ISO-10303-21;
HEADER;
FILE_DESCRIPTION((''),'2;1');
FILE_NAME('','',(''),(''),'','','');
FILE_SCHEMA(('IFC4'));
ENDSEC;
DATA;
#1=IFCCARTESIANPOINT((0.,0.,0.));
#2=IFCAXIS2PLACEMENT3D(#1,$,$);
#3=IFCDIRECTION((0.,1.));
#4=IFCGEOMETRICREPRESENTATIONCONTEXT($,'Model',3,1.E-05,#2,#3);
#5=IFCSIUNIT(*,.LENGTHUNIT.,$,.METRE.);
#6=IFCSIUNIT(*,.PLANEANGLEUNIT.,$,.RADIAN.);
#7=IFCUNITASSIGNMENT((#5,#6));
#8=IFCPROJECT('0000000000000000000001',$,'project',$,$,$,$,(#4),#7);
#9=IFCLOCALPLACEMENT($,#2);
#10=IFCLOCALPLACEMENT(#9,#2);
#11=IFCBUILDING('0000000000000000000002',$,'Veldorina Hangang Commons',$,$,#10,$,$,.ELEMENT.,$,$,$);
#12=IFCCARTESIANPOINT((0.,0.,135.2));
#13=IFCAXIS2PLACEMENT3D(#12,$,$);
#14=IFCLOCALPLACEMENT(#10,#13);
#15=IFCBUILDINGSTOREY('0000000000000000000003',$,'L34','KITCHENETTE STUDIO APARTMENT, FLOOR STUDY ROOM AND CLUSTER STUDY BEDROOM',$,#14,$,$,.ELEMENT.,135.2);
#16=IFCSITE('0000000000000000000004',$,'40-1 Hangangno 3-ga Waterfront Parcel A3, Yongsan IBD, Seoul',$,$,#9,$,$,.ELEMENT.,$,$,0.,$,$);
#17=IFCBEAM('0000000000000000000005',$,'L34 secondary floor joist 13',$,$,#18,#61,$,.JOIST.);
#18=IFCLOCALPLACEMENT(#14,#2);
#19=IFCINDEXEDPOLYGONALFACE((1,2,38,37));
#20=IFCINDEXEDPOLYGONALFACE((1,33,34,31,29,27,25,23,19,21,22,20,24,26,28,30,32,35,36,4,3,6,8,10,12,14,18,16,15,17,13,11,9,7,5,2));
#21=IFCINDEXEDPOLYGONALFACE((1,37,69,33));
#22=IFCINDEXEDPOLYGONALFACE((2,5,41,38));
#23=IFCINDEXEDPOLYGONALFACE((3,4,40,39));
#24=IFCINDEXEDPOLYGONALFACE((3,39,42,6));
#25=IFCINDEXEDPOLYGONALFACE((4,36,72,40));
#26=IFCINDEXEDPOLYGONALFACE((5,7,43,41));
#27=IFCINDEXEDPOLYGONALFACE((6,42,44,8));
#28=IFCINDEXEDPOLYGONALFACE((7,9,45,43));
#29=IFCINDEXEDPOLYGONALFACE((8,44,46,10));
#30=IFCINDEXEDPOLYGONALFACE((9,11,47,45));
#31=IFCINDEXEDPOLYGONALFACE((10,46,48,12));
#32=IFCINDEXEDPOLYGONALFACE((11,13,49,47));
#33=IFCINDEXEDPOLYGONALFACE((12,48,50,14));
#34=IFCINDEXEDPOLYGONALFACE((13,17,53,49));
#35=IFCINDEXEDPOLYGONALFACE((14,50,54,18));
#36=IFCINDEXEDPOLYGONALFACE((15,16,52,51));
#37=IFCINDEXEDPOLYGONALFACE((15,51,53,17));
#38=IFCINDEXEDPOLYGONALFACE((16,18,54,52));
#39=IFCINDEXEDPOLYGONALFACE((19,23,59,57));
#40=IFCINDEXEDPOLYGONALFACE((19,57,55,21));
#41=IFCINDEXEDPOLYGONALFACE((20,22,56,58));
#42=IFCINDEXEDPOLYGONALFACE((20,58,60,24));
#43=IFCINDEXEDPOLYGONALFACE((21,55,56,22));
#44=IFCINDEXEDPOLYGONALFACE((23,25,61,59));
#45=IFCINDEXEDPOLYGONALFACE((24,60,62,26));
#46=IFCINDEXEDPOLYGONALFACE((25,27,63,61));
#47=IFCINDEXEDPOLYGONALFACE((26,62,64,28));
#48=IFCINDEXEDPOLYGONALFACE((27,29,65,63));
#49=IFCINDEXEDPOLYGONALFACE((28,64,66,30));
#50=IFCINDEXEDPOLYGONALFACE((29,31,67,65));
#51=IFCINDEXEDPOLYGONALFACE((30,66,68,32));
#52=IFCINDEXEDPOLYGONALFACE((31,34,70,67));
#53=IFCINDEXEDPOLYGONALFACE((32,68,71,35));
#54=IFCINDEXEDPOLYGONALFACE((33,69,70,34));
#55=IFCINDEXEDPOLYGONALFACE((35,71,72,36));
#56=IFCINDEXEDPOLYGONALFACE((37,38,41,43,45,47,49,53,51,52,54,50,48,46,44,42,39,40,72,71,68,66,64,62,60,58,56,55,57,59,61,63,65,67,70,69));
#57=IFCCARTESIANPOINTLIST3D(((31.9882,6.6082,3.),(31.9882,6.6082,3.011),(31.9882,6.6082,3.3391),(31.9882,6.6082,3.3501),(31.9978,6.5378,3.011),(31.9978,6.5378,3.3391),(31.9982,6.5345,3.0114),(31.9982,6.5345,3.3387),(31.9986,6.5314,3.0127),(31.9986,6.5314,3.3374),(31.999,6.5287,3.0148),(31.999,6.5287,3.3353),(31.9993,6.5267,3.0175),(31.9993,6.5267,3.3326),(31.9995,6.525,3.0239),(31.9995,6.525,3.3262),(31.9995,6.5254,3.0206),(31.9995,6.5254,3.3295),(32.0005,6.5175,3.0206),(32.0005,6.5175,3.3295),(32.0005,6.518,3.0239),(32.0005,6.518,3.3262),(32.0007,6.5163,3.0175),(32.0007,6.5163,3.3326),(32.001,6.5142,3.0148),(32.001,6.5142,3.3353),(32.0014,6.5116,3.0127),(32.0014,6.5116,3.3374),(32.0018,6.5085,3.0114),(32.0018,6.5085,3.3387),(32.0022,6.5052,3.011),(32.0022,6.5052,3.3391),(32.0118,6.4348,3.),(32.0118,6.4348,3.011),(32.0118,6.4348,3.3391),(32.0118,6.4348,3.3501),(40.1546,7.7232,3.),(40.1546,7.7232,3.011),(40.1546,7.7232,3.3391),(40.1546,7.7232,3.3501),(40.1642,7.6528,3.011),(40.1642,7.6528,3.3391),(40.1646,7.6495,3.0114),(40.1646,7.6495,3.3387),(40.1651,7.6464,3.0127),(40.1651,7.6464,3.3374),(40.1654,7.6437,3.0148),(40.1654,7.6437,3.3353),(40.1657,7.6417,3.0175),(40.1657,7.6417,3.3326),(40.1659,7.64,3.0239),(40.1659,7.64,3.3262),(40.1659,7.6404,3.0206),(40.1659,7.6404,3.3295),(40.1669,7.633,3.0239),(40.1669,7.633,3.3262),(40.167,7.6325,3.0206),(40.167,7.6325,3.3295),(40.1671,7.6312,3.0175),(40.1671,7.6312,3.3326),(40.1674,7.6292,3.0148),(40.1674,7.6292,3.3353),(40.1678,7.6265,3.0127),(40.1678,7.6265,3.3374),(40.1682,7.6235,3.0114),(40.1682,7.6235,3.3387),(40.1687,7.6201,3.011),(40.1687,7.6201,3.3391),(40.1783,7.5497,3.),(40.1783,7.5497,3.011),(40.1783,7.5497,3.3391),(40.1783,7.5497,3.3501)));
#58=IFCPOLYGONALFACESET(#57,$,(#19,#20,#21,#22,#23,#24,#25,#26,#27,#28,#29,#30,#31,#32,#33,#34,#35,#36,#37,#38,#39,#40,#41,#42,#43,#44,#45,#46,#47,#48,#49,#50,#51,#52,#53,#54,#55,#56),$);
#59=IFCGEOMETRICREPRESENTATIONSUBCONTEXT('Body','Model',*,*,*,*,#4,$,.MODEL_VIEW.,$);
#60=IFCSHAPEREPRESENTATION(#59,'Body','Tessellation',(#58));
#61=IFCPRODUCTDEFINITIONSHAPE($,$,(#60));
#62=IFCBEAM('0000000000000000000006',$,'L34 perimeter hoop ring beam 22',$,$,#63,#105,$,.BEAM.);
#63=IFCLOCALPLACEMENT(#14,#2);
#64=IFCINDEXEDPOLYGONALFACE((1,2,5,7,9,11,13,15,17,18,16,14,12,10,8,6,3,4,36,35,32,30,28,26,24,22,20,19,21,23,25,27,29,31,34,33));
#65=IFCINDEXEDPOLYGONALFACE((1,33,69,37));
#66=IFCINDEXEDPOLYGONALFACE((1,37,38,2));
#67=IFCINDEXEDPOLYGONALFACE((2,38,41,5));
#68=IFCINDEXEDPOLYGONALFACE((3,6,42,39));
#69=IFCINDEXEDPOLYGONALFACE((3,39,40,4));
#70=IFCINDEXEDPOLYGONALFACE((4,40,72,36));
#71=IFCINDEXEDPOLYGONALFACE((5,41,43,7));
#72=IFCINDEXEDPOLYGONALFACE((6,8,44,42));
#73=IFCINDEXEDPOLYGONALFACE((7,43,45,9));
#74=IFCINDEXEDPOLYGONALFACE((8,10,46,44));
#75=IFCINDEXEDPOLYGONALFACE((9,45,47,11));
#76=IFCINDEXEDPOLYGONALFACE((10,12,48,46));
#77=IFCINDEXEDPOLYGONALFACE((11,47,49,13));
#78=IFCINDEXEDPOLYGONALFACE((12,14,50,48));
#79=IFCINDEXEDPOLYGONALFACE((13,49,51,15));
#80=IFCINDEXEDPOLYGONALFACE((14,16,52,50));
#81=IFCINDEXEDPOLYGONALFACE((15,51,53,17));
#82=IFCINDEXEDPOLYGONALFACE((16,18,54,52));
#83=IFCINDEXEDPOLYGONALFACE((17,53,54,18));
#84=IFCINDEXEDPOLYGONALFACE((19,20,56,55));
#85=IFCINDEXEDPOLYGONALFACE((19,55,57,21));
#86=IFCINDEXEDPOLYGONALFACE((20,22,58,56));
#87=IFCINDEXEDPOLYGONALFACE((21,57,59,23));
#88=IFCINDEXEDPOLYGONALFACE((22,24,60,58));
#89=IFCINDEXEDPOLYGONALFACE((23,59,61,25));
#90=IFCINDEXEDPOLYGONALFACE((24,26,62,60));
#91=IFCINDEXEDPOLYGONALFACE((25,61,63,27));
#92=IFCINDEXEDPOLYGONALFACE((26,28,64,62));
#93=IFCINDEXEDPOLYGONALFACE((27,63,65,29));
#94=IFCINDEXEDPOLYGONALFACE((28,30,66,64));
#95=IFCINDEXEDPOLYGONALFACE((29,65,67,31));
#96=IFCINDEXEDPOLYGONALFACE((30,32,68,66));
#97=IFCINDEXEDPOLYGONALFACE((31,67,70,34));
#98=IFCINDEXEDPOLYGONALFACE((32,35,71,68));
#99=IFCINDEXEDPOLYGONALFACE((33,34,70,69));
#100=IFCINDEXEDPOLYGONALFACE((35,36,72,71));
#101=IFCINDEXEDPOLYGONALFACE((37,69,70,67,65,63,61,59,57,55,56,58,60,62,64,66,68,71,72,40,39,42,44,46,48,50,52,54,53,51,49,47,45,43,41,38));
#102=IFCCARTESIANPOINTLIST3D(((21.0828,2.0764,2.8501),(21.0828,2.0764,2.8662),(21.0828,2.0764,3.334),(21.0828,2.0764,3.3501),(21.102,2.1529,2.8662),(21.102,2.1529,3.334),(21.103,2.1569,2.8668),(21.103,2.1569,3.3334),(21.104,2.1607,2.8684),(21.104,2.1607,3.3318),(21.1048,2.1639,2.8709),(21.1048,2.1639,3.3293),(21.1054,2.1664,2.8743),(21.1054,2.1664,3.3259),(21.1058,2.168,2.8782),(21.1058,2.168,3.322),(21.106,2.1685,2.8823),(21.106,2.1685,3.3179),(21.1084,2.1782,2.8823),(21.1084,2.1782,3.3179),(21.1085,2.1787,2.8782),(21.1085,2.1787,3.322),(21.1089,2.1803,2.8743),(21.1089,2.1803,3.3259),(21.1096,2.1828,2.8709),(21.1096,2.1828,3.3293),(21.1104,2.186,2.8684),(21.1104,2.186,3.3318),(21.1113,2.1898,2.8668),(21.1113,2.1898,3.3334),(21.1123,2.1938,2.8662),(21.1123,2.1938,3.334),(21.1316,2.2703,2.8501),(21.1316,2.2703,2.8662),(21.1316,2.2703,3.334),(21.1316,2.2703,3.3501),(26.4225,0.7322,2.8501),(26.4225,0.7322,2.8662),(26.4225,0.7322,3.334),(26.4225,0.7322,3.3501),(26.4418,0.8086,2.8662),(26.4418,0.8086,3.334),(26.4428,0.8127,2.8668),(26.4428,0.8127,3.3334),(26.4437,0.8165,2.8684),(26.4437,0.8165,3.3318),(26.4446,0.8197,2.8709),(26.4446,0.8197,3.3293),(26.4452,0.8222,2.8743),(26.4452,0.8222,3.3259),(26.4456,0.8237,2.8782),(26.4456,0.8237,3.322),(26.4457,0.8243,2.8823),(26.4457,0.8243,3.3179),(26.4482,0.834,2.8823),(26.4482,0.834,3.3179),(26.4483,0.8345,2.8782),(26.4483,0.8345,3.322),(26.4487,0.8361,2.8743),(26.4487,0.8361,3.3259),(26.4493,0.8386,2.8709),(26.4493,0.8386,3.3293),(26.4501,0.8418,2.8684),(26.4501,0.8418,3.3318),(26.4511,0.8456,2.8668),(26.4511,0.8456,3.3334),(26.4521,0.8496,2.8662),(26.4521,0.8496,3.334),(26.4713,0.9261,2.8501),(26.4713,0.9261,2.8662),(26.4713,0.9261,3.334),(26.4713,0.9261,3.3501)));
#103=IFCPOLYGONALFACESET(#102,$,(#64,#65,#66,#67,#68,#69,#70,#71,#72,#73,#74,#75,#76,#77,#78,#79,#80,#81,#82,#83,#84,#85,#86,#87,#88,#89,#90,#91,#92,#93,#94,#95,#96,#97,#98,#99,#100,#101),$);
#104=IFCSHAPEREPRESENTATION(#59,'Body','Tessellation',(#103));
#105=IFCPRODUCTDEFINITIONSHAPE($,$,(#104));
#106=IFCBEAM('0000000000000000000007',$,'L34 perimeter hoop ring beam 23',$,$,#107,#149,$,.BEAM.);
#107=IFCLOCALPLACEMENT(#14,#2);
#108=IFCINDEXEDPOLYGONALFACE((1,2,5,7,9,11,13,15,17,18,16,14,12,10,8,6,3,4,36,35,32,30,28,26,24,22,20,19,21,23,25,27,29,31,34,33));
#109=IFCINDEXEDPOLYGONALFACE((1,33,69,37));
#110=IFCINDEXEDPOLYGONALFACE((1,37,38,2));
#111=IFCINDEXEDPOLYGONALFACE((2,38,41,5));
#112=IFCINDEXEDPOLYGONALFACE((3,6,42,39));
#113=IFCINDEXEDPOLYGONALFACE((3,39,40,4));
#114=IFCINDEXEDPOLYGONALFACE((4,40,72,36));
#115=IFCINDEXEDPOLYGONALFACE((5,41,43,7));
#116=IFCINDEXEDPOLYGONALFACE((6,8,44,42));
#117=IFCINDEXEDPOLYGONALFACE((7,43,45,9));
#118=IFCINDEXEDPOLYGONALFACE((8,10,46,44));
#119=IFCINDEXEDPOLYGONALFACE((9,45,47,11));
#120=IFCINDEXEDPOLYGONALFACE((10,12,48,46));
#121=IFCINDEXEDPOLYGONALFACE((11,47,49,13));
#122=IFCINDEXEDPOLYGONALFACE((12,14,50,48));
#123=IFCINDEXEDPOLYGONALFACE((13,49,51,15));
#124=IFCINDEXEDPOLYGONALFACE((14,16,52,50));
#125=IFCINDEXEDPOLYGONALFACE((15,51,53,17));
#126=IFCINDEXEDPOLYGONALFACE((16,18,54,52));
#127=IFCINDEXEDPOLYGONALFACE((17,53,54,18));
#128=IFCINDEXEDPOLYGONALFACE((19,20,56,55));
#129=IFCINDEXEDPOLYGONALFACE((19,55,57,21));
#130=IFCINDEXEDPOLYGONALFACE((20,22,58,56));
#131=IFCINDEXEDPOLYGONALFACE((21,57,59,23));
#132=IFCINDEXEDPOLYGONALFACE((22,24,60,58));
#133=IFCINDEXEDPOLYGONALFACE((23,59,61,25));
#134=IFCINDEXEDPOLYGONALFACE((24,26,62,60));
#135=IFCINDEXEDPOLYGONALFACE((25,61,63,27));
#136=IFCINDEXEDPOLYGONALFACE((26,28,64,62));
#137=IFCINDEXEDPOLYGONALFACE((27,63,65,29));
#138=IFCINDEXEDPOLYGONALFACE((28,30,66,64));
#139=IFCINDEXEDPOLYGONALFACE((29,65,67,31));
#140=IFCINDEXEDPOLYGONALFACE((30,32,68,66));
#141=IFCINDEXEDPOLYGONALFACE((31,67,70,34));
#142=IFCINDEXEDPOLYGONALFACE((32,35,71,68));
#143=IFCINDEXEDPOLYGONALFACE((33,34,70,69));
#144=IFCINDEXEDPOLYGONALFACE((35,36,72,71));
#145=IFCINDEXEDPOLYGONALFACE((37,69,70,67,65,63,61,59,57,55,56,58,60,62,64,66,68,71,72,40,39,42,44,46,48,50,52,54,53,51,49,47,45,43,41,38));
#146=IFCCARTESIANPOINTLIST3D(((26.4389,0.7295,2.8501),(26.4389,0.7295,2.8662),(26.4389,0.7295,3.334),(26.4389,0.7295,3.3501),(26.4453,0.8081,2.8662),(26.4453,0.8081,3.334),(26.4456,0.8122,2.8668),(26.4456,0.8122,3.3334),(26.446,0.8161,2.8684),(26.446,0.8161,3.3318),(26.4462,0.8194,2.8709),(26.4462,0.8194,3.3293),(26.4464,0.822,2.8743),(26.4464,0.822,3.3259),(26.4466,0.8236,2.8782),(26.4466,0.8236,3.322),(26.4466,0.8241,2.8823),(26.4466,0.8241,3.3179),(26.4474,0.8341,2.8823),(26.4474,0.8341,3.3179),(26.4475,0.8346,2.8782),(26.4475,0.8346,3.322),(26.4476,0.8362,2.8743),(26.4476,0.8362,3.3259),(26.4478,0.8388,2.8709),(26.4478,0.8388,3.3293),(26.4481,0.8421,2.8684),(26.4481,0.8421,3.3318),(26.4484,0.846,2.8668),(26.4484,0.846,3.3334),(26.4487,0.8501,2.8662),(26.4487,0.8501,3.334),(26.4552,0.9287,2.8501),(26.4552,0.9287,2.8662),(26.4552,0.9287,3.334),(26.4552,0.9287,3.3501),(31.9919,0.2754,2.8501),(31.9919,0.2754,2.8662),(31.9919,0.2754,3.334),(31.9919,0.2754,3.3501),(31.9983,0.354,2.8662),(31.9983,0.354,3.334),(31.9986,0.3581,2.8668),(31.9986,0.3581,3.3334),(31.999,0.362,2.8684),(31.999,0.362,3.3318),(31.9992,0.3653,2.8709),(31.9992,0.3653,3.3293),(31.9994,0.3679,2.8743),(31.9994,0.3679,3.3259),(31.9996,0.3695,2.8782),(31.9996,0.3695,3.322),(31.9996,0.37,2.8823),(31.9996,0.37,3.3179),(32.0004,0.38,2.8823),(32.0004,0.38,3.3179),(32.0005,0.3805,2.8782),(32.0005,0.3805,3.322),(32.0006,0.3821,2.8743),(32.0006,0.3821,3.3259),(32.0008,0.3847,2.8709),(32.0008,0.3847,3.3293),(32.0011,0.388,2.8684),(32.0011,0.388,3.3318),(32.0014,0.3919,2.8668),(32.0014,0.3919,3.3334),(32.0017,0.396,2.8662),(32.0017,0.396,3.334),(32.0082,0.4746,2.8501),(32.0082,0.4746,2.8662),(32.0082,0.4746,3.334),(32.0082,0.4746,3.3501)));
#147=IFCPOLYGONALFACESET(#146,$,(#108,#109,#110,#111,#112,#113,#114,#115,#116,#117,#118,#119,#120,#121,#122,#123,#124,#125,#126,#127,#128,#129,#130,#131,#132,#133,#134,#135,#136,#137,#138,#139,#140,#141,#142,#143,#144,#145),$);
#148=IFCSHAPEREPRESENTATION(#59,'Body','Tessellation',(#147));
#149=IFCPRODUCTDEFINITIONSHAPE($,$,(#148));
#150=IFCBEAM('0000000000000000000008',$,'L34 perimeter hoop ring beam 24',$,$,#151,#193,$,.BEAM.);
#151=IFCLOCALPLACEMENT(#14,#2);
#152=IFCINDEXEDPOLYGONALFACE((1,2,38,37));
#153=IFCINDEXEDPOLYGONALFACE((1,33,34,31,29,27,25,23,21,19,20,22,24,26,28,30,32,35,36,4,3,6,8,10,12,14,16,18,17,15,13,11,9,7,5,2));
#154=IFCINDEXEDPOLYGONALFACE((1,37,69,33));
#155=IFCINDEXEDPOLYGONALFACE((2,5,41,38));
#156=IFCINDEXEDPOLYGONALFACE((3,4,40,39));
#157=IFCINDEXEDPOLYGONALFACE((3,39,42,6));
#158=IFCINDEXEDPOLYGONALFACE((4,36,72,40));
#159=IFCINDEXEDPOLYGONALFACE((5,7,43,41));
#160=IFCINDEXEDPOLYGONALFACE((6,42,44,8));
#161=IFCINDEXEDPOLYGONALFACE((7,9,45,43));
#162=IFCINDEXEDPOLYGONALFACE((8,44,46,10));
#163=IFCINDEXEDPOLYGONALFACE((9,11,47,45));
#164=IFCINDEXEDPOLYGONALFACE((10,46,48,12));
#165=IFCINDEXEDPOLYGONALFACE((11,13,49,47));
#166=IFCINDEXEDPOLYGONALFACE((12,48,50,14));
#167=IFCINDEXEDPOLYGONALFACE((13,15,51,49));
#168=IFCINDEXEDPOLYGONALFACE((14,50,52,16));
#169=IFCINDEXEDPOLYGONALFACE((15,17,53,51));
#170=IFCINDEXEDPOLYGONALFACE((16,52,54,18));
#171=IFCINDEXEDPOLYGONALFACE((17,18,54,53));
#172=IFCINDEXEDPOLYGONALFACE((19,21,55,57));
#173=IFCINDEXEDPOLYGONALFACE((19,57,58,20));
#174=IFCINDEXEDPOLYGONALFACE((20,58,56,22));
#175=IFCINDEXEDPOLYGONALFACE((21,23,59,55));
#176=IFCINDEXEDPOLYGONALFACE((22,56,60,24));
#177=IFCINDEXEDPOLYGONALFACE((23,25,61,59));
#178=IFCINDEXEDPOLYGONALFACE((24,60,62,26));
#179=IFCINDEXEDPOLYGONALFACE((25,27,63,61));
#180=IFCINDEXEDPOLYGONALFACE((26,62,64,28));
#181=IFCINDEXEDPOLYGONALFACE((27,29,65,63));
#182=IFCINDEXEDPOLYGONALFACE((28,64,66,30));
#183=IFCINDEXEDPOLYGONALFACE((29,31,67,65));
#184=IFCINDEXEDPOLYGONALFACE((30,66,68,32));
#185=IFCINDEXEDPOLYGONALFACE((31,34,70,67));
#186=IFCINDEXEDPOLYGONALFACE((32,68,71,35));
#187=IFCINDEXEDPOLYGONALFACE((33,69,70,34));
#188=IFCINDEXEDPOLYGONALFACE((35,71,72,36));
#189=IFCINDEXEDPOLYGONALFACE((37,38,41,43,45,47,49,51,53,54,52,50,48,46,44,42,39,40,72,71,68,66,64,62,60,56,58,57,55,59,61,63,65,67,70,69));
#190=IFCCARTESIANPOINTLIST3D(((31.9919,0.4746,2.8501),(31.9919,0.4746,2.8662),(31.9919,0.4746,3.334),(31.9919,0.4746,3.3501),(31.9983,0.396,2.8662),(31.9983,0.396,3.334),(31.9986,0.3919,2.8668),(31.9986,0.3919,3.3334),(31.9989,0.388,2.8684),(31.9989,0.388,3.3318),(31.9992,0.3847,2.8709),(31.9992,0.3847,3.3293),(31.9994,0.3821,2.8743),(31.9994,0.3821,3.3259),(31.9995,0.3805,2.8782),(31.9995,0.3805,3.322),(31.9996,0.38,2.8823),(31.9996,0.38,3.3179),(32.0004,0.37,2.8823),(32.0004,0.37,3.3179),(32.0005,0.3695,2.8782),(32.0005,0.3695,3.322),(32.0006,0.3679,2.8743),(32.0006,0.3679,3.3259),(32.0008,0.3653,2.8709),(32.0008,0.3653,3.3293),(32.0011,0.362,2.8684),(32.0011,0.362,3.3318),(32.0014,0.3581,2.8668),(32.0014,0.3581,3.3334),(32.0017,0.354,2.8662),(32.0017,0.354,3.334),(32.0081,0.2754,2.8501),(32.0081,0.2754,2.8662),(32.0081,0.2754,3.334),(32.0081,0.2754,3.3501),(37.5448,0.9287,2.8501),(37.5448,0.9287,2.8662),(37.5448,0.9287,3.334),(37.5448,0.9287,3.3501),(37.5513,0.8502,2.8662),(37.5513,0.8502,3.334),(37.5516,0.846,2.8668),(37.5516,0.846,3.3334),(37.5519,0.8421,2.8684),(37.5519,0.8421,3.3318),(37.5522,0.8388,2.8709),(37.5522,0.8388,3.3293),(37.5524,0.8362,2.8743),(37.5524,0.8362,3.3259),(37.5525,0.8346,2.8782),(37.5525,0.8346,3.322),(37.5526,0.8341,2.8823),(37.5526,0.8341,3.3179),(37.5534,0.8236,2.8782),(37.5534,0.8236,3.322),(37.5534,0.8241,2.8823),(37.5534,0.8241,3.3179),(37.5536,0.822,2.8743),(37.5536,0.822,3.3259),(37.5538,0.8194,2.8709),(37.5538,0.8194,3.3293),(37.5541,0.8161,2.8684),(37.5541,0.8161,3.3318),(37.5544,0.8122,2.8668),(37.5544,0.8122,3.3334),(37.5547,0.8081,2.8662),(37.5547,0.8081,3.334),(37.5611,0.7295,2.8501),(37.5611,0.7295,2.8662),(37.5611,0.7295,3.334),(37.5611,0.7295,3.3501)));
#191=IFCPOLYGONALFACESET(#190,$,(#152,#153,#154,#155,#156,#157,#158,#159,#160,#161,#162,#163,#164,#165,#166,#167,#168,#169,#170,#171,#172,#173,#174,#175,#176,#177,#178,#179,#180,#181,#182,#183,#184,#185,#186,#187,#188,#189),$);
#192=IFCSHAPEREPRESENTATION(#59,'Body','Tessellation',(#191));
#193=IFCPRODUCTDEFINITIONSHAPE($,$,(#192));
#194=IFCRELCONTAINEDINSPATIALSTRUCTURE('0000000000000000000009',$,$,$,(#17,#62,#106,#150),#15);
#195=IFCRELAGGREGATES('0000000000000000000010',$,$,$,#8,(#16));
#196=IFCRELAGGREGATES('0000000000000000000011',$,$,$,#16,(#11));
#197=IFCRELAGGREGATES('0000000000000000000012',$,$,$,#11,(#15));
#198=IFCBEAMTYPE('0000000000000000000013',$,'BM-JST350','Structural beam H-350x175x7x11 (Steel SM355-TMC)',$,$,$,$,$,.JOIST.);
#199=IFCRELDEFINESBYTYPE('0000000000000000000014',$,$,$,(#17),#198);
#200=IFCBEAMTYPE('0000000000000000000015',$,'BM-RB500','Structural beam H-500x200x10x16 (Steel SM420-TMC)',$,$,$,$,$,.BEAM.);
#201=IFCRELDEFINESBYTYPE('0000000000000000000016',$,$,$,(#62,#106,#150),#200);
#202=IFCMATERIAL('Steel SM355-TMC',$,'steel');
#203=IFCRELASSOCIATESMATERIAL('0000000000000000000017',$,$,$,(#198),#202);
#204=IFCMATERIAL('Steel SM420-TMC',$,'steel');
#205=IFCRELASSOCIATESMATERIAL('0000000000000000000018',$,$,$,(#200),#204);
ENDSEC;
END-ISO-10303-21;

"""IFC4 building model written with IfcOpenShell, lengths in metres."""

from ifc_helpers import new_model, si_unit, direction, frame, origin, origin_2d, place, context, subcontext, project, spatial, i_section, extrude, material, material_profile, profile_set, type_object, element, save


model = new_model("IFC4")

# Units and contexts
model_context = context("Model", 3, precision=1e-05, world=origin(), true_north=direction((0.0, 1.0)))
body_context = subcontext(model_context, "Body", "Model", "MODEL_VIEW")
ifc_project = project(units=[si_unit("LENGTHUNIT", "METRE"), si_unit("PLANEANGLEUNIT", "RADIAN")], contexts=[model_context])

# Site, building, storey
site_placement = place(None, origin())
site = spatial("IfcSite", under=ifc_project, at=site_placement, Name="40-1 Hangangno 3-ga Waterfront Parcel A3, Yongsan IBD, Seoul", CompositionType="ELEMENT", RefElevation=0.0)
building_placement = place(site_placement, origin())
building = spatial("IfcBuilding", under=site, at=building_placement, Name="Veldorina Hangang Commons", CompositionType="ELEMENT")
storey_placement = place(building_placement, frame((0.0, 0.0, 135.2)))
storey = spatial("IfcBuildingStorey", under=building, at=storey_placement, Name="L34", Description="KITCHENETTE STUDIO APARTMENT, FLOOR STUDY ROOM AND CLUSTER STUDY BEDROOM", CompositionType="ELEMENT", Elevation=135.2)

# Beams
ifc_material_1 = material(Name="Steel SM355-TMC", Category="steel")
ifc_material_profile_1 = material_profile(ifc_material_1, i_section(OverallWidth=0.175, OverallDepth=0.3501, WebThickness=0.0071, FlangeThickness=0.011, FilletRadius=0.0129, at=origin_2d()), Name="H-350x175x7x11")
ifc_profile_set_1 = profile_set([ifc_material_profile_1], Name="Steel SM355-TMC")
beam_type_1 = type_object("IfcBeamType", Name="BM-JST350", Description="Structural beam H-350x175x7x11 (Steel SM355-TMC)", PredefinedType="JOIST", material=ifc_profile_set_1)
beam_1_placement = place(storey_placement, frame((32.0, 6.5215, 3.175), z_axis=(0.990808, 0.135277, 0.0), x_axis=(-0.135277, 0.990808, 0.0)))
element("IfcBeam", 1, at=beam_1_placement, inside=storey, type_object=beam_type_1, Name="L34 secondary floor joist 13", PredefinedType="JOIST", context=body_context, shape_type="SweptSolid", body=[
    extrude(i_section(OverallWidth=0.175, OverallDepth=0.3501, WebThickness=0.0071, FlangeThickness=0.011, FilletRadius=0.0129, at=origin_2d()), origin(), (0.0, 0.0, 1.0), 8.2422),
])
ifc_material_2 = material(Name="Steel SM420-TMC", Category="steel")
ifc_material_profile_2 = material_profile(ifc_material_2, i_section(OverallWidth=0.2, OverallDepth=0.5, WebThickness=0.01, FlangeThickness=0.0161, FilletRadius=0.0161, at=origin_2d()), Name="H-500x200x10x16")
ifc_profile_set_2 = profile_set([ifc_material_profile_2], Name="Steel SM420-TMC")
beam_type_2 = type_object("IfcBeamType", Name="BM-RB500", Description="Structural beam H-500x200x10x16 (Steel SM420-TMC)", PredefinedType="BEAM", material=ifc_profile_set_2)
beam_2_placement = place(storey_placement, frame((21.1072, 2.1733, 3.1001), z_axis=(0.969745, -0.244121, 0.0), x_axis=(0.244121, 0.969745, 0.0)))
element("IfcBeam", 2, at=beam_2_placement, inside=storey, type_object=beam_type_2, Name="L34 perimeter hoop ring beam 22", PredefinedType="BEAM", context=body_context, shape_type="SweptSolid", body=[
    extrude(i_section(OverallWidth=0.2, OverallDepth=0.5, WebThickness=0.01, FlangeThickness=0.0161, FilletRadius=0.0161, at=origin_2d()), origin(), (0.0, 0.0, 1.0), 5.5063),
])
for number, where, z_axis, x_axis, name in (
    (3, (26.447, 0.8291, 3.1001), (0.996673, -0.081504, 0.0), (0.081504, 0.996673, 0.0), "L34 perimeter hoop ring beam 23"),
    (4, (32.0, 0.375, 3.1001), (0.996673, 0.081504, 0.0), (-0.081504, 0.996673, 0.0), "L34 perimeter hoop ring beam 24"),
):
    element("IfcBeam", number, at=place(storey_placement, frame(where, z_axis=z_axis, x_axis=x_axis)), inside=storey, type_object=beam_type_2, Name=name, PredefinedType="BEAM", context=body_context, shape_type="SweptSolid", body=[
        extrude(i_section(OverallWidth=0.2, OverallDepth=0.5, WebThickness=0.01, FlangeThickness=0.0161, FilletRadius=0.0161, at=origin_2d()), origin(), (0.0, 0.0, 1.0), 5.5715),
    ])

save(model, "model.ifc")
